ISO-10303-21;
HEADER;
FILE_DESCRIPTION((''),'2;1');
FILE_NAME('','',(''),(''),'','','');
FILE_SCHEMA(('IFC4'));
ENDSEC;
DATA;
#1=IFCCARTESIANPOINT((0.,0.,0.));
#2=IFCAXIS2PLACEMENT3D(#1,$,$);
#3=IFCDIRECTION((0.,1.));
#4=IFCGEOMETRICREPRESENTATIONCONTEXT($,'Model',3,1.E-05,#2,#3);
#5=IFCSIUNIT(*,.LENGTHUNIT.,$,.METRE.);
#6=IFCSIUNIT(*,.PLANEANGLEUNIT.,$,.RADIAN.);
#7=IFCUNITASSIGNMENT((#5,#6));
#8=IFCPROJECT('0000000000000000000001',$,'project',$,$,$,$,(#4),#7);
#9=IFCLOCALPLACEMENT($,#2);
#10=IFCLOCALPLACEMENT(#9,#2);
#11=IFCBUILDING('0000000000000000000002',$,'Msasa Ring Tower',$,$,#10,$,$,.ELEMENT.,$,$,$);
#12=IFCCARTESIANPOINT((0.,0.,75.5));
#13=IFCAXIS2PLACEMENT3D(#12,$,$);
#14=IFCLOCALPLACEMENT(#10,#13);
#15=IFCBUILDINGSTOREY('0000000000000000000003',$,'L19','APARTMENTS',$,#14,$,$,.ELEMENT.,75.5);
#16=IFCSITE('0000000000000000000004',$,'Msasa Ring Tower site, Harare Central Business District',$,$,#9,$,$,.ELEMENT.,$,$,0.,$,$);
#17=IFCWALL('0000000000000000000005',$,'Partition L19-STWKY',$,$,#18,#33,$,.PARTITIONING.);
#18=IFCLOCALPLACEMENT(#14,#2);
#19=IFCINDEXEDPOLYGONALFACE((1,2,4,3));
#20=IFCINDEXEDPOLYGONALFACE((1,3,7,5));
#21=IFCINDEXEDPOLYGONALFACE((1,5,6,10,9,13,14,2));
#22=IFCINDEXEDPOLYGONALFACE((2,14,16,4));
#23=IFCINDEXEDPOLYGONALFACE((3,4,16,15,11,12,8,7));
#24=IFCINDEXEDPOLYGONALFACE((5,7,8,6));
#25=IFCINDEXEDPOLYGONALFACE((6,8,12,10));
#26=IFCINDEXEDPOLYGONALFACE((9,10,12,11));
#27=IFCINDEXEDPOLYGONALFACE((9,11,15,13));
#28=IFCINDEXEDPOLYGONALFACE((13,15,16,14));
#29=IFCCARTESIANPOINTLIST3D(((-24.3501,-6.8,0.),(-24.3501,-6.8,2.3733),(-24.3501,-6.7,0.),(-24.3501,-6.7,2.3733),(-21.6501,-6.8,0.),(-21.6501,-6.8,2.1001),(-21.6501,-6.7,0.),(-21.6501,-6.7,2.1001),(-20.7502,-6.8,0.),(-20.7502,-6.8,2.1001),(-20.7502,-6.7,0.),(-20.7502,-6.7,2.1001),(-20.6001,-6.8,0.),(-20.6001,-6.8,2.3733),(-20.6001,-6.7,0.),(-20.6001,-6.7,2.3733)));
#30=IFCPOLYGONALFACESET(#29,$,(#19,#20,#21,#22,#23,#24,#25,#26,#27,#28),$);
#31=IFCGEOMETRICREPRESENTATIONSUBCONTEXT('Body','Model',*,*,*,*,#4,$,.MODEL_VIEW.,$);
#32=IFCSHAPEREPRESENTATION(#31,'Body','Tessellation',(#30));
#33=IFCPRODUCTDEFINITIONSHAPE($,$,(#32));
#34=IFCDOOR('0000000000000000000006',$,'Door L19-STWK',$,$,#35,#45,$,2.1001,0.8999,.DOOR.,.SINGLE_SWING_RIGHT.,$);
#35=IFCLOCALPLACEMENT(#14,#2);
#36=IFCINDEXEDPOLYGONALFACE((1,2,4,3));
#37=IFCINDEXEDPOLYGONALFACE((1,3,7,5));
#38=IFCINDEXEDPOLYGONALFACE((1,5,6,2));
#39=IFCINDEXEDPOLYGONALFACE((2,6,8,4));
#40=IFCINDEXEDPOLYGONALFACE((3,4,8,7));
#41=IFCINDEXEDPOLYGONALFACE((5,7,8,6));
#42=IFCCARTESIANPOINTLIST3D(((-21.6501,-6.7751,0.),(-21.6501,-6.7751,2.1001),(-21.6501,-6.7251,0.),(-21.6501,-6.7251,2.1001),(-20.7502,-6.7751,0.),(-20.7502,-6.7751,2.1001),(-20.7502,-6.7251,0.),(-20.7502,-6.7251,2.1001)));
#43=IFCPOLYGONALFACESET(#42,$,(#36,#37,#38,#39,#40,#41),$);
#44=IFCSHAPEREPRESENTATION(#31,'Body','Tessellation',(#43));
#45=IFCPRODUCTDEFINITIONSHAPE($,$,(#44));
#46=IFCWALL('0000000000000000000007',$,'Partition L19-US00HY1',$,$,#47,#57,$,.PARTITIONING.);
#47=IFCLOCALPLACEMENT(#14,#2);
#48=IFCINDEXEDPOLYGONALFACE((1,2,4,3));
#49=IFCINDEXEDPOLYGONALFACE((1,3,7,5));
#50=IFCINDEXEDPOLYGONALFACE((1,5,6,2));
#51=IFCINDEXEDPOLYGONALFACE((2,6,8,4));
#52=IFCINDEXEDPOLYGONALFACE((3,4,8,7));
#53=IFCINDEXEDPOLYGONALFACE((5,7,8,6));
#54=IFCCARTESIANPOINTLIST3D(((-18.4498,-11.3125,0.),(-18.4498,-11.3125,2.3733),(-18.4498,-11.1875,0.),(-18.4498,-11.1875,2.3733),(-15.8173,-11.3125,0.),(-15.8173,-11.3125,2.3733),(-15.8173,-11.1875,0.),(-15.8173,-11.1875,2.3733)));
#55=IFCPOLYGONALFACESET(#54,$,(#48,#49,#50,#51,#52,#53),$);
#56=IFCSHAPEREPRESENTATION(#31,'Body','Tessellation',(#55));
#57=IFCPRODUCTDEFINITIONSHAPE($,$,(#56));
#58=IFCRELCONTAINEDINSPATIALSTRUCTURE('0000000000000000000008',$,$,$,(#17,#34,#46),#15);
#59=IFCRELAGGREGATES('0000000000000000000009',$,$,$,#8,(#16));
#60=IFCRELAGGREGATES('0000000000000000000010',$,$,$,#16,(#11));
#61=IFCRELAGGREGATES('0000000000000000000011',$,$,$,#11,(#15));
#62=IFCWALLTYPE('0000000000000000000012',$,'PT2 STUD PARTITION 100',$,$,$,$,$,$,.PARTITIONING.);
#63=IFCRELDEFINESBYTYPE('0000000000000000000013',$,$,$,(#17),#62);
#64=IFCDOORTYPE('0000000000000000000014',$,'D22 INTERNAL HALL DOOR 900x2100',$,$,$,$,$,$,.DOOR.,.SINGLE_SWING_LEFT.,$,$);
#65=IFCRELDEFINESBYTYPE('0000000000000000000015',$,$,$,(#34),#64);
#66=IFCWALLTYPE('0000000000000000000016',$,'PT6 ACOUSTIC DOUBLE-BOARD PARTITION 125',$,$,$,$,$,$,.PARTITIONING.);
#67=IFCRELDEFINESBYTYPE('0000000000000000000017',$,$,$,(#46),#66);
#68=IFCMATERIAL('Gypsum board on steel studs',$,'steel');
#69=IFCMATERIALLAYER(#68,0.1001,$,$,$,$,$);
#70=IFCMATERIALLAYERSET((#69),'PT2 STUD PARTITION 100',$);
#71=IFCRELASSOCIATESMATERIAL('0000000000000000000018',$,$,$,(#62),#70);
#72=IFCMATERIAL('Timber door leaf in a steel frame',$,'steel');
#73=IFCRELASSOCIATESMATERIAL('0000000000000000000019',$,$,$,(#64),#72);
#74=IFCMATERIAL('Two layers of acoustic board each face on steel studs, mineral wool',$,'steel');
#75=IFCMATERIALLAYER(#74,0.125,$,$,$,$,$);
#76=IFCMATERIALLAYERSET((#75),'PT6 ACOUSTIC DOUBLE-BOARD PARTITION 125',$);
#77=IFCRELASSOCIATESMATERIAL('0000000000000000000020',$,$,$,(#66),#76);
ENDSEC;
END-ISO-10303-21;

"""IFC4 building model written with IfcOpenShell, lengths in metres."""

from ifc_helpers import new_model, si_unit, direction, frame, frame_2d, origin, place, context, subcontext, project, spatial, rectangle, extrude, material, layer, layer_set, type_object, element, fill, save


model = new_model("IFC4")

# Units and contexts
model_context = context("Model", 3, precision=1e-05, world=origin(), true_north=direction((0.0, 1.0)))
body_context = subcontext(model_context, "Body", "Model", "MODEL_VIEW")
ifc_project = project(units=[si_unit("LENGTHUNIT", "METRE"), si_unit("PLANEANGLEUNIT", "RADIAN")], contexts=[model_context])

# Site, building, storey
site_placement = place(None, origin())
site = spatial("IfcSite", under=ifc_project, at=site_placement, Name="Msasa Ring Tower site, Harare Central Business District", CompositionType="ELEMENT", RefElevation=0.0)
building_placement = place(site_placement, origin())
building = spatial("IfcBuilding", under=site, at=building_placement, Name="Msasa Ring Tower", CompositionType="ELEMENT")
storey_placement = place(building_placement, frame((0.0, 0.0, 75.5)))
storey = spatial("IfcBuildingStorey", under=building, at=storey_placement, Name="L19", Description="APARTMENTS", CompositionType="ELEMENT", Elevation=75.5)

# Wall, opening, door
ifc_material_1 = material(Name="Gypsum board on steel studs", Category="steel")
ifc_layer_1 = layer(ifc_material_1, 0.1001)
ifc_layer_set_1 = layer_set([ifc_layer_1], Name="PT2 STUD PARTITION 100")
wall_type_1 = type_object("IfcWallType", Name="PT2 STUD PARTITION 100", PredefinedType="PARTITIONING", material=ifc_layer_set_1)
wall_1_placement = place(storey_placement, frame((-24.3501, -6.75, 0.0), z_axis=(0.0, 0.0, 1.0), x_axis=(1.0, 0.0, 0.0)))
wall_1 = element("IfcWall", 1, at=wall_1_placement, inside=storey, type_object=wall_type_1, Name="Partition L19-STWKY", PredefinedType="PARTITIONING", context=body_context, shape_type="SweptSolid", body=[
    extrude(rectangle(XDim=3.75, YDim=0.1001, at=frame_2d((1.875, 0.0))), origin(), (0.0, 0.0, 1.0), 2.3733),
])
opening_1_placement = place(wall_1_placement, frame((2.7, 0.0, 0.0)))
opening_1 = element("IfcOpeningElement", 2, at=opening_1_placement, cuts=wall_1, PredefinedType="OPENING", context=body_context, shape_type="SweptSolid", body=[
    extrude(rectangle(XDim=0.8999, YDim=2.1001, at=frame_2d((0.45, 1.05))), frame((0.0, 0.0601, 0.0), z_axis=(0.0, -1.0, 0.0), x_axis=(1.0, 0.0, 0.0)), (0.0, 0.0, 1.0), 0.1201),
])
ifc_material_2 = material(Name="Timber door leaf in a steel frame", Category="steel")
door_type_1 = type_object("IfcDoorType", Name="D22 INTERNAL HALL DOOR 900x2100", OperationType="SINGLE_SWING_LEFT", PredefinedType="DOOR", material=ifc_material_2)
door_1_placement = place(opening_1_placement, origin())
door_1 = element("IfcDoor", 3, at=door_1_placement, inside=storey, type_object=door_type_1, Name="Door L19-STWK", OperationType="SINGLE_SWING_RIGHT", OverallHeight=2.1001, OverallWidth=0.8999, PredefinedType="DOOR", context=body_context, shape_type="SweptSolid", body=[
    extrude(rectangle(XDim=0.8999, YDim=2.1001, at=frame_2d((0.45, 1.05))), frame((0.0, 0.0249, 0.0), z_axis=(0.0, -1.0, 0.0), x_axis=(1.0, 0.0, 0.0)), (0.0, 0.0, 1.0), 0.05),
])
fill(opening_1, door_1)

# Wall
ifc_material_3 = material(Name="Two layers of acoustic board each face on steel studs, mineral wool", Category="steel")
ifc_layer_2 = layer(ifc_material_3, 0.125)
ifc_layer_set_2 = layer_set([ifc_layer_2], Name="PT6 ACOUSTIC DOUBLE-BOARD PARTITION 125")
wall_type_2 = type_object("IfcWallType", Name="PT6 ACOUSTIC DOUBLE-BOARD PARTITION 125", PredefinedType="PARTITIONING", material=ifc_layer_set_2)
wall_2_placement = place(storey_placement, frame((-18.45, -11.25, 0.0), z_axis=(0.0, 0.0, 1.0), x_axis=(1.0, 0.0, 0.0)))
element("IfcWall", 4, at=wall_2_placement, inside=storey, type_object=wall_type_2, Name="Partition L19-US00HY1", PredefinedType="PARTITIONING", context=body_context, shape_type="SweptSolid", body=[
    extrude(rectangle(XDim=2.6326, YDim=0.125, at=frame_2d((1.3164, 0.0))), origin(), (0.0, 0.0, 1.0), 2.3733),
])

save(model, "model.ifc")
